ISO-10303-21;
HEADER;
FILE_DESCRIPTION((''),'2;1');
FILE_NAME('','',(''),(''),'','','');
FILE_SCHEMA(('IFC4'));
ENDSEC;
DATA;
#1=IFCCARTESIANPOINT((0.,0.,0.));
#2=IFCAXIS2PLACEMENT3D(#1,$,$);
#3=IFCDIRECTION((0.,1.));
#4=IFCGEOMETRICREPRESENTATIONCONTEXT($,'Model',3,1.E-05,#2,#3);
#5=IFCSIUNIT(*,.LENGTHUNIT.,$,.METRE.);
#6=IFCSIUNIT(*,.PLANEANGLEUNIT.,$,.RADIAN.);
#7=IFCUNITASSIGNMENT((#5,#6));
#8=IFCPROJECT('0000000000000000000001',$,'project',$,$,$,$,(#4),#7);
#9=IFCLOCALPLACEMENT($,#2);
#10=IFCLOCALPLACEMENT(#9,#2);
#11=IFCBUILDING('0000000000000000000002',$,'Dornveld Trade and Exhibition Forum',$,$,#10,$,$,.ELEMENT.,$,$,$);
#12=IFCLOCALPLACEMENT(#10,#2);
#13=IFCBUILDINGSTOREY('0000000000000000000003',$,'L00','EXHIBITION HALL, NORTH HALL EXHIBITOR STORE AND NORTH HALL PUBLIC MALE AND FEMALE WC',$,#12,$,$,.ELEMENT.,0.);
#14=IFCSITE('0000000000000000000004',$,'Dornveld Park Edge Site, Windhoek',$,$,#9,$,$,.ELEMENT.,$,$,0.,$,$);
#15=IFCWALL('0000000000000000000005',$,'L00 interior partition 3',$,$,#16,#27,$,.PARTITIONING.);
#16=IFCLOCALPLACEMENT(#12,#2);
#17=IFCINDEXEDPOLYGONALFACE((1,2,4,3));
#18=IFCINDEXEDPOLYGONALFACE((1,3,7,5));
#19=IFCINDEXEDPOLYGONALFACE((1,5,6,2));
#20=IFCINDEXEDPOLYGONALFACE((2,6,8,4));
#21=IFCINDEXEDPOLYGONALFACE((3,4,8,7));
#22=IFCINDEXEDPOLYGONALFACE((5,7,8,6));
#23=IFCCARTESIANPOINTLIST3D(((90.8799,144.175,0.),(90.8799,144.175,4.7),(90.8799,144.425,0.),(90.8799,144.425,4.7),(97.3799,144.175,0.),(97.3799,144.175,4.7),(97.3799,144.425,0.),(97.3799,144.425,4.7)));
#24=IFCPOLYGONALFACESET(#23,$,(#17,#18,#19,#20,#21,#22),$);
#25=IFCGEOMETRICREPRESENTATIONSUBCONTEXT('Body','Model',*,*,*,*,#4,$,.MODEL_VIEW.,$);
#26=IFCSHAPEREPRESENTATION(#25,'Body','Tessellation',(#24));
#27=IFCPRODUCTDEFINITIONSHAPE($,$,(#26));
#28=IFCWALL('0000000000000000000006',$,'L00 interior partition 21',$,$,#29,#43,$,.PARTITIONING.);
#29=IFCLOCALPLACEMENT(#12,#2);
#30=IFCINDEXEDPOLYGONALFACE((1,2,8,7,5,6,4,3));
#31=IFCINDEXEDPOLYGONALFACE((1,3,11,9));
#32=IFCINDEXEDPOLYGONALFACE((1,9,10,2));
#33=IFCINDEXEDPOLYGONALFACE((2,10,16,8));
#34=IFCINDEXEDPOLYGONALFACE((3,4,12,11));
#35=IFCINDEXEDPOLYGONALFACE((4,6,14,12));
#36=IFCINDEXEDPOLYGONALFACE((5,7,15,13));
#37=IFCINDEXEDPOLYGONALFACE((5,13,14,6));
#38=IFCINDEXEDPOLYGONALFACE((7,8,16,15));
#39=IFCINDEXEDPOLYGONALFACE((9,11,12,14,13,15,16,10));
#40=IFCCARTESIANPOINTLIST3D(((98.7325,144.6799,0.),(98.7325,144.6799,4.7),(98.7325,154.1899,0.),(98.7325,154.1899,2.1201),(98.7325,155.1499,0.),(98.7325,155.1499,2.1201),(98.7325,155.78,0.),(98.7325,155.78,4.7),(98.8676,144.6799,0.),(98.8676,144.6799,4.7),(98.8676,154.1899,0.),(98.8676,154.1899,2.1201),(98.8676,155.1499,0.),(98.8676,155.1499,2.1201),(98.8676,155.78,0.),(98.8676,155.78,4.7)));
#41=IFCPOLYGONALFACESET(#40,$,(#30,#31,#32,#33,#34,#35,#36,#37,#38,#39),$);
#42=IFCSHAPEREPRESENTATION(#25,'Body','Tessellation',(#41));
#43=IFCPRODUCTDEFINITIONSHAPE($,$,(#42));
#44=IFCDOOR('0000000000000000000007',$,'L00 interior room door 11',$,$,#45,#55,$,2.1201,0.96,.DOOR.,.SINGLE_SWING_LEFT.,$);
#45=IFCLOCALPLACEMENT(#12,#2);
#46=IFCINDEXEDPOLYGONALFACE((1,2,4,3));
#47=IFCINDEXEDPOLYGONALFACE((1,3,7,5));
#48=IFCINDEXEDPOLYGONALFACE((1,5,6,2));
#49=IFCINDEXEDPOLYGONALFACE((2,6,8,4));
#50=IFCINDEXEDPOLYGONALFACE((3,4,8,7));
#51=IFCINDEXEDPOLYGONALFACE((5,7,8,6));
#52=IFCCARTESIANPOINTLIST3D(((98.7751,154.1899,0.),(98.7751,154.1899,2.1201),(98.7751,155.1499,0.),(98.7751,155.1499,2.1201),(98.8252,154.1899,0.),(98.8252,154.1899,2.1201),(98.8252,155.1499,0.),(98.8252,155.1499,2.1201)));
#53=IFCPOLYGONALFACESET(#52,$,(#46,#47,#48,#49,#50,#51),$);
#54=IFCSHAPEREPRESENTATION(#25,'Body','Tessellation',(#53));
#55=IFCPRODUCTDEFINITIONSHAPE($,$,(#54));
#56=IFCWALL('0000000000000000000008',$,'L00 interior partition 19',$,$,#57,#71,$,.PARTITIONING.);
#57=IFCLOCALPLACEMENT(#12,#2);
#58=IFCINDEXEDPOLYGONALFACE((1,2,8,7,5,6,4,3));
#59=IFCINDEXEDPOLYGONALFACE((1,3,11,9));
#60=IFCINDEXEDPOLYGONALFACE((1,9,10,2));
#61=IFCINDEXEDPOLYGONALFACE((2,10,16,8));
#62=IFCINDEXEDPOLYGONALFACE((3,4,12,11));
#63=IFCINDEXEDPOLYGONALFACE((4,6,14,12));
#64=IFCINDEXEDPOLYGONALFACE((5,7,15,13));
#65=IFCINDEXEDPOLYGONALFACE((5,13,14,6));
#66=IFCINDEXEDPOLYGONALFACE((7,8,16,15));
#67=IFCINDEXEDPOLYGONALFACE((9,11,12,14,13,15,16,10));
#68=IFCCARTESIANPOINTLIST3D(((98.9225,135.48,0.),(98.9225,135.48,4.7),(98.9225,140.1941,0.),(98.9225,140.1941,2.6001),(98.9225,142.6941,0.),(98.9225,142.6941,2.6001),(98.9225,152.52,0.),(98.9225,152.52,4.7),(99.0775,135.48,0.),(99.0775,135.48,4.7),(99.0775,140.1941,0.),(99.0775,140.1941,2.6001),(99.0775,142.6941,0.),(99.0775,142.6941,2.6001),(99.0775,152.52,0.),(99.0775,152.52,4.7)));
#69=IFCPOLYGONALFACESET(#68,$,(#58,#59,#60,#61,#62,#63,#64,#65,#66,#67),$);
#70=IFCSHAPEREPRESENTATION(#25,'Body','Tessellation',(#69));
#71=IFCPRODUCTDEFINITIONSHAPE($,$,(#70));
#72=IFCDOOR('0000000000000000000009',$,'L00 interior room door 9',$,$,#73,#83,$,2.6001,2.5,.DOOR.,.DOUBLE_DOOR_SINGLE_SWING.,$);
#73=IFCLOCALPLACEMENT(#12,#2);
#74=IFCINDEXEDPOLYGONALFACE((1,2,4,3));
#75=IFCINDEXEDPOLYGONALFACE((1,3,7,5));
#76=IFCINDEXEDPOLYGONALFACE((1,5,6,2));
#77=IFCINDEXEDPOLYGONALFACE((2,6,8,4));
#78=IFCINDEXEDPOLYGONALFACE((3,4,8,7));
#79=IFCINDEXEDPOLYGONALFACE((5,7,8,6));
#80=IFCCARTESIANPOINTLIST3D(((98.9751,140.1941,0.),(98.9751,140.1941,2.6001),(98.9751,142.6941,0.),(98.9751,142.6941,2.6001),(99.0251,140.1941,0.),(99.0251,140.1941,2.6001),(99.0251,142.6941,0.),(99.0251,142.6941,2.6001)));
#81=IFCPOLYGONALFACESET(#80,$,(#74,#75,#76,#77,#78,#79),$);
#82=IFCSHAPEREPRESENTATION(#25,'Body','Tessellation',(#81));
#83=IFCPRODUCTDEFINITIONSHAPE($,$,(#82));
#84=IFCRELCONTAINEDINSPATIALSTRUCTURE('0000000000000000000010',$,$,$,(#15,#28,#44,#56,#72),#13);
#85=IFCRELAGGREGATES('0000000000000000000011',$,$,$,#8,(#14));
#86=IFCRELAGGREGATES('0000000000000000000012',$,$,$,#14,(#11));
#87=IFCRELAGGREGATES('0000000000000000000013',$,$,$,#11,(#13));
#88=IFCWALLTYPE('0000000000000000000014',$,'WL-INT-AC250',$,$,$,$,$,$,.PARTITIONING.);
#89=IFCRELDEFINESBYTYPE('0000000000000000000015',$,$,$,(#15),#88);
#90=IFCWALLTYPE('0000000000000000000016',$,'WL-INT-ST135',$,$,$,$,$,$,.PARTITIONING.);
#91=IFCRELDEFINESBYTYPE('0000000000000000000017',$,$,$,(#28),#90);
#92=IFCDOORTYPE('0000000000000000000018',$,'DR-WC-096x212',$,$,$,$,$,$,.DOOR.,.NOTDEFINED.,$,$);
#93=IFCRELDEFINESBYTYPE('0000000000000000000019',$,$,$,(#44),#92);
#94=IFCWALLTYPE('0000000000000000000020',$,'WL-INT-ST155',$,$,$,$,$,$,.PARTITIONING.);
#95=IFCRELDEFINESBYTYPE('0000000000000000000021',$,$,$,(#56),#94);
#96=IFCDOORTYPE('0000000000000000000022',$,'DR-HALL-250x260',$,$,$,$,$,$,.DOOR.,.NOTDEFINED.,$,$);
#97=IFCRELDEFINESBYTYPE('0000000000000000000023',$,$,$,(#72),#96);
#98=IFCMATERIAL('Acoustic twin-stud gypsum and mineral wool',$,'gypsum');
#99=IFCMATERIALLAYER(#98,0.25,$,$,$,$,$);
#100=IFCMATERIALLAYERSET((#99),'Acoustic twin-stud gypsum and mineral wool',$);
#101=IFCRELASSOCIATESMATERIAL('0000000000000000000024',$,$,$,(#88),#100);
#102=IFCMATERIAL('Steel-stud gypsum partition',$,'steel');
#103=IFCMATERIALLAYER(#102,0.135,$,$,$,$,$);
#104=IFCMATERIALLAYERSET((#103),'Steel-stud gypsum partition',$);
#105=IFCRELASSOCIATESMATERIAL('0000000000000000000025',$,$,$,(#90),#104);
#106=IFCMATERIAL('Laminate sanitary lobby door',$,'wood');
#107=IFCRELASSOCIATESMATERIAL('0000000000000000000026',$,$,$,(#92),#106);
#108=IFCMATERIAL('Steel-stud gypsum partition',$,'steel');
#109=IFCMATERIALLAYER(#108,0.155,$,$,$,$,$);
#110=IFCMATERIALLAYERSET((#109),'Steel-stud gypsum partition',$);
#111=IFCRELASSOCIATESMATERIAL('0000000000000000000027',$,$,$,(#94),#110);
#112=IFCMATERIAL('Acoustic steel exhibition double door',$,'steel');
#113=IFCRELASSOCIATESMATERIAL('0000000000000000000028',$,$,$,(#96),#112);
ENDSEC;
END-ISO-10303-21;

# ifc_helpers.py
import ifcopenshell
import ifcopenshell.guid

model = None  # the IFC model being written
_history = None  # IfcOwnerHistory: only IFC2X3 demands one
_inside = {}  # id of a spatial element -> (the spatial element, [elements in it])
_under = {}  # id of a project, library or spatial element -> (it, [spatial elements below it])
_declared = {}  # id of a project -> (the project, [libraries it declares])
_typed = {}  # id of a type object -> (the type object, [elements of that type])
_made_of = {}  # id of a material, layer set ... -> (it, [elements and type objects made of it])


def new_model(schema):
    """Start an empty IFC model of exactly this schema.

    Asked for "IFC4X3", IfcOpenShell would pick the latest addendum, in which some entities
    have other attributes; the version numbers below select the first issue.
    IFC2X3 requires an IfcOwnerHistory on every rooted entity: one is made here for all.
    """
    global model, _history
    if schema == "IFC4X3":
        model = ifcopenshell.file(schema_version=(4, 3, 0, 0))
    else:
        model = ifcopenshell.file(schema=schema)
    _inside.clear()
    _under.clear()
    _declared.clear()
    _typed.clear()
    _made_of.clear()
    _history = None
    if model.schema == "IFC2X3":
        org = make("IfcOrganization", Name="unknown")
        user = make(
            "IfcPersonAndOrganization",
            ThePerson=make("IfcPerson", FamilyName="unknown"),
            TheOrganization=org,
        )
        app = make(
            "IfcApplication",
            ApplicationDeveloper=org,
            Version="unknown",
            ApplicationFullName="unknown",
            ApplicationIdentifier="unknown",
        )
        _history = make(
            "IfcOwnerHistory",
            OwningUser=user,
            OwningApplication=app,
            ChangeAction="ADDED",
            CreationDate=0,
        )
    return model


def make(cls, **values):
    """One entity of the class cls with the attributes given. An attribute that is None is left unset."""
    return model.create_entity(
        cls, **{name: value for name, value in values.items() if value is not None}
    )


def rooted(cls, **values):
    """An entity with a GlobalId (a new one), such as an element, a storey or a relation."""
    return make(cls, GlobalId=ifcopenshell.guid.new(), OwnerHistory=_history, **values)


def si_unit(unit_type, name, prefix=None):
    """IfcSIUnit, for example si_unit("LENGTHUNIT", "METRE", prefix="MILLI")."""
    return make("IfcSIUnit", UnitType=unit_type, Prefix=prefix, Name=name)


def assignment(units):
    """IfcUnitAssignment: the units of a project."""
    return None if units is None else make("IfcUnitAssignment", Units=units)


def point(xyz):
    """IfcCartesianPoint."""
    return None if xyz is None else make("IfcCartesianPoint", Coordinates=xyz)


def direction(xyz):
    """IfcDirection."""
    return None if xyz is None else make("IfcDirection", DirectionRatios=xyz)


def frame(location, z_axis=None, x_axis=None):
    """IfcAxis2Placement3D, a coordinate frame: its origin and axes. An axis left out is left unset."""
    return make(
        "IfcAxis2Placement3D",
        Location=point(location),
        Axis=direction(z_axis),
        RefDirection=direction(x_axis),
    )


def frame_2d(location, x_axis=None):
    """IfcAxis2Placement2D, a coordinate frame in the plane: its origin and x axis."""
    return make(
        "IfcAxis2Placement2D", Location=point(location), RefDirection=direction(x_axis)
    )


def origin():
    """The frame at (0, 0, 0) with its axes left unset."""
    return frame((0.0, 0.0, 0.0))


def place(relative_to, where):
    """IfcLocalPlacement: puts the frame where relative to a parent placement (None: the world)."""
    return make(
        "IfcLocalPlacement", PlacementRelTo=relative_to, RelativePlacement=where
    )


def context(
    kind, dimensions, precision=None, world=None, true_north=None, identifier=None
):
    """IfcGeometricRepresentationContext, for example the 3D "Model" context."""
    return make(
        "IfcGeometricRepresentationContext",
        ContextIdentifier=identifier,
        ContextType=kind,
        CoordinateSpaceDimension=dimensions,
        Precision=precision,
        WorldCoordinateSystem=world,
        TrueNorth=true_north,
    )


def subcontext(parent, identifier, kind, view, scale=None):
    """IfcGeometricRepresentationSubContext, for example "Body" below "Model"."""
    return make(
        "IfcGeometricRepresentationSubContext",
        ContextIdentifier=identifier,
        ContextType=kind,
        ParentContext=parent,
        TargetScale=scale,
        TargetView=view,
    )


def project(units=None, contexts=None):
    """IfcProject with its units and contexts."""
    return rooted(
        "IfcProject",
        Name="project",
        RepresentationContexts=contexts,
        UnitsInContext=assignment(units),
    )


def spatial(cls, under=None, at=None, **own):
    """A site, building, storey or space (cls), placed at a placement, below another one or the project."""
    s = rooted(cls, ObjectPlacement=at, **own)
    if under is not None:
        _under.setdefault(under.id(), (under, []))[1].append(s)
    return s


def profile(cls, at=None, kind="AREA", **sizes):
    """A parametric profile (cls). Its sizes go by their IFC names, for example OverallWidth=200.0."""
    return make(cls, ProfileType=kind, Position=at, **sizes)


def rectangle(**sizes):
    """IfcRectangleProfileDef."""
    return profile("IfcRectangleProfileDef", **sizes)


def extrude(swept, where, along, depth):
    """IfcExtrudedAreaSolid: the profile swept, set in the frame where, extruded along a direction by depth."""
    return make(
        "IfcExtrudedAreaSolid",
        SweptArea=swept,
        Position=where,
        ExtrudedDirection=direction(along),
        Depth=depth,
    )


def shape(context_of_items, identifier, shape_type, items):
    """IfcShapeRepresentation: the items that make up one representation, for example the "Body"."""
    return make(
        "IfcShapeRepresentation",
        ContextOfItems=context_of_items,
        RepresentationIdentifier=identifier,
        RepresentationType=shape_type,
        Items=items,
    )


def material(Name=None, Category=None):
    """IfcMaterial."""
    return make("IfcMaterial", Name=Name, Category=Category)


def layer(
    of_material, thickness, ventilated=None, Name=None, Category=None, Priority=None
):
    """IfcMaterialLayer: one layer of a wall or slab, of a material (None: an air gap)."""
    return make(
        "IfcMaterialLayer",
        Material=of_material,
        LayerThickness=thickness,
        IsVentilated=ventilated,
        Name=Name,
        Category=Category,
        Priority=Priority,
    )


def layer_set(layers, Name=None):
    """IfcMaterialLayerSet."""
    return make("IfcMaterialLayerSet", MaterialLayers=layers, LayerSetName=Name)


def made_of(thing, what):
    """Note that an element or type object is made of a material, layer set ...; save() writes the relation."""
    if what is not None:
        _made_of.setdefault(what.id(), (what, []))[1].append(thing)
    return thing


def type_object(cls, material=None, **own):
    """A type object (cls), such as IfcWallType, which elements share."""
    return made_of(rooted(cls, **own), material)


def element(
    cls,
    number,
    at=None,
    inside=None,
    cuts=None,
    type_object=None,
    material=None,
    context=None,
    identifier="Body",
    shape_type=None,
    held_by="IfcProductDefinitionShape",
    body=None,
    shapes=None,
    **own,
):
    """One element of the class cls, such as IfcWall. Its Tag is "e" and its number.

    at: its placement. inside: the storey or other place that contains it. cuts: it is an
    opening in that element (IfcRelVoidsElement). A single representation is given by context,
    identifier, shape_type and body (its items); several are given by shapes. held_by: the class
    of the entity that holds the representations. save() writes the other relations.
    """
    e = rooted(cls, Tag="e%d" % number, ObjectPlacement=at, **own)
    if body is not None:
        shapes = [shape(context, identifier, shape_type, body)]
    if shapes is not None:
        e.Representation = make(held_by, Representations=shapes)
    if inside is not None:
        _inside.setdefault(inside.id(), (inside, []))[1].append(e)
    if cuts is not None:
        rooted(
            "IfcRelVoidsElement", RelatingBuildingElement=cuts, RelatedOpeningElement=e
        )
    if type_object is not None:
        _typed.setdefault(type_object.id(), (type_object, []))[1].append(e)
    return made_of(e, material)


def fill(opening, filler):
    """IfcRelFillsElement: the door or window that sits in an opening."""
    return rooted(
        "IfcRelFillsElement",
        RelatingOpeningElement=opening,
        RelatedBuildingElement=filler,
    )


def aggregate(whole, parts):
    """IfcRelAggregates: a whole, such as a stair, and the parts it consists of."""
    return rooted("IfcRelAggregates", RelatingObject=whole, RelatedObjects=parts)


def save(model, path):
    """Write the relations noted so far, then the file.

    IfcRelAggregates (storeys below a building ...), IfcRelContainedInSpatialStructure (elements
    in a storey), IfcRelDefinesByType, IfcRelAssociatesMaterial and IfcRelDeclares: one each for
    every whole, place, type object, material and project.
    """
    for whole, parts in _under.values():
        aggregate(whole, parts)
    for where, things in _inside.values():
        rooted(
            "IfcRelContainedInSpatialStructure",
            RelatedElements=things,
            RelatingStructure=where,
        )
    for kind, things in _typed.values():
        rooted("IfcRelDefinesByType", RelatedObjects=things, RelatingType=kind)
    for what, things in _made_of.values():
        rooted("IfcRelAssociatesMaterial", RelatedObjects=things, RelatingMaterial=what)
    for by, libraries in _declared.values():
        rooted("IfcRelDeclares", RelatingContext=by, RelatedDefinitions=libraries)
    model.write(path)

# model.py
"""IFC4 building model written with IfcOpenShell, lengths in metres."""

from ifc_helpers import new_model, si_unit, direction, frame, frame_2d, origin, place, context, subcontext, project, spatial, rectangle, extrude, material, layer, layer_set, type_object, element, fill, save


model = new_model("IFC4")

# Units and contexts
model_context = context("Model", 3, precision=1e-05, world=origin(), true_north=direction((0.0, 1.0)))
body_context = subcontext(model_context, "Body", "Model", "MODEL_VIEW")
ifc_project = project(units=[si_unit("LENGTHUNIT", "METRE"), si_unit("PLANEANGLEUNIT", "RADIAN")], contexts=[model_context])

# Site, building, storey
site_placement = place(None, origin())
site = spatial("IfcSite", under=ifc_project, at=site_placement, Name="Dornveld Park Edge Site, Windhoek", CompositionType="ELEMENT", RefElevation=0.0)
building_placement = place(site_placement, origin())
building = spatial("IfcBuilding", under=site, at=building_placement, Name="Dornveld Trade and Exhibition Forum", CompositionType="ELEMENT")
storey_placement = place(building_placement, origin())
storey = spatial("IfcBuildingStorey", under=building, at=storey_placement, Name="L00", Description="EXHIBITION HALL, NORTH HALL EXHIBITOR STORE AND NORTH HALL PUBLIC MALE AND FEMALE WC", CompositionType="ELEMENT", Elevation=0.0)

# Wall
ifc_material_1 = material(Name="Acoustic twin-stud gypsum and mineral wool", Category="gypsum")
ifc_layer_1 = layer(ifc_material_1, 0.25)
ifc_layer_set_1 = layer_set([ifc_layer_1], Name="Acoustic twin-stud gypsum and mineral wool")
wall_type_1 = type_object("IfcWallType", Name="WL-INT-AC250", PredefinedType="PARTITIONING", material=ifc_layer_set_1)
wall_1_placement = place(storey_placement, frame((90.8799, 144.3, 0.0), z_axis=(0.0, 0.0, 1.0), x_axis=(1.0, 0.0, 0.0)))
element("IfcWall", 1, at=wall_1_placement, inside=storey, type_object=wall_type_1, Name="L00 interior partition 3", PredefinedType="PARTITIONING", context=body_context, shape_type="SweptSolid", body=[
    extrude(rectangle(XDim=6.5, YDim=0.25, at=frame_2d((3.25, 0.0))), origin(), (0.0, 0.0, 1.0), 4.7),
])

# Walls, openings, doors
ifc_material_2 = material(Name="Steel-stud gypsum partition", Category="steel")
ifc_layer_2 = layer(ifc_material_2, 0.135)
ifc_layer_set_2 = layer_set([ifc_layer_2], Name="Steel-stud gypsum partition")
wall_type_2 = type_object("IfcWallType", Name="WL-INT-ST135", PredefinedType="PARTITIONING", material=ifc_layer_set_2)
wall_2_placement = place(storey_placement, frame((98.8, 144.6799, 0.0), z_axis=(0.0, 0.0, 1.0), x_axis=(0.0, 1.0, 0.0)))
wall_2 = element("IfcWall", 2, at=wall_2_placement, inside=storey, type_object=wall_type_2, Name="L00 interior partition 21", PredefinedType="PARTITIONING", context=body_context, shape_type="SweptSolid", body=[
    extrude(rectangle(XDim=11.1001, YDim=0.135, at=frame_2d((5.55, 0.0))), origin(), (0.0, 0.0, 1.0), 4.7),
])
opening_1_placement = place(wall_2_placement, frame((9.51, 0.0, 0.0)))
opening_1 = element("IfcOpeningElement", 3, at=opening_1_placement, cuts=wall_2, PredefinedType="OPENING", context=body_context, shape_type="SweptSolid", body=[
    extrude(rectangle(XDim=0.96, YDim=2.1201, at=frame_2d((0.48, 1.0601))), frame((0.0, 0.0774, 0.0), z_axis=(0.0, -1.0, 0.0), x_axis=(1.0, 0.0, 0.0)), (0.0, 0.0, 1.0), 0.155),
])
ifc_material_3 = material(Name="Laminate sanitary lobby door", Category="wood")
door_type_1 = type_object("IfcDoorType", Name="DR-WC-096x212", OperationType="NOTDEFINED", PredefinedType="DOOR", material=ifc_material_3)
door_1_placement = place(opening_1_placement, origin())
door_1 = element("IfcDoor", 4, at=door_1_placement, inside=storey, type_object=door_type_1, Name="L00 interior room door 11", OperationType="SINGLE_SWING_LEFT", OverallHeight=2.1201, OverallWidth=0.96, PredefinedType="DOOR", context=body_context, shape_type="SweptSolid", body=[
    extrude(rectangle(XDim=0.96, YDim=2.1201, at=frame_2d((0.48, 1.0601))), frame((0.0, 0.0249, 0.0), z_axis=(0.0, -1.0, 0.0), x_axis=(1.0, 0.0, 0.0)), (0.0, 0.0, 1.0), 0.05),
])
fill(opening_1, door_1)
ifc_material_4 = material(Name="Steel-stud gypsum partition", Category="steel")
ifc_layer_3 = layer(ifc_material_4, 0.155)
ifc_layer_set_3 = layer_set([ifc_layer_3], Name="Steel-stud gypsum partition")
wall_type_3 = type_object("IfcWallType", Name="WL-INT-ST155", PredefinedType="PARTITIONING", material=ifc_layer_set_3)
wall_3_placement = place(storey_placement, frame((99.0, 135.48, 0.0), z_axis=(0.0, 0.0, 1.0), x_axis=(0.0, 1.0, 0.0)))
wall_3 = element("IfcWall", 5, at=wall_3_placement, inside=storey, type_object=wall_type_3, Name="L00 interior partition 19", PredefinedType="PARTITIONING", context=body_context, shape_type="SweptSolid", body=[
    extrude(rectangle(XDim=17.04, YDim=0.155, at=frame_2d((8.52, 0.0))), origin(), (0.0, 0.0, 1.0), 4.7),
])
opening_2_placement = place(wall_3_placement, frame((4.7141, 0.0, 0.0)))
opening_2 = element("IfcOpeningElement", 6, at=opening_2_placement, cuts=wall_3, PredefinedType="OPENING", context=body_context, shape_type="SweptSolid", body=[
    extrude(rectangle(XDim=2.5, YDim=2.6001, at=frame_2d((1.25, 1.3))), frame((0.0, 0.0874, 0.0), z_axis=(0.0, -1.0, 0.0), x_axis=(1.0, 0.0, 0.0)), (0.0, 0.0, 1.0), 0.175),
])
ifc_material_5 = material(Name="Acoustic steel exhibition double door", Category="steel")
door_type_2 = type_object("IfcDoorType", Name="DR-HALL-250x260", OperationType="NOTDEFINED", PredefinedType="DOOR", material=ifc_material_5)
door_2_placement = place(opening_2_placement, origin())
door_2 = element("IfcDoor", 7, at=door_2_placement, inside=storey, type_object=door_type_2, Name="L00 interior room door 9", OperationType="DOUBLE_DOOR_SINGLE_SWING", OverallHeight=2.6001, OverallWidth=2.5, PredefinedType="DOOR", context=body_context, shape_type="SweptSolid", body=[
    extrude(rectangle(XDim=2.5, YDim=2.6001, at=frame_2d((1.25, 1.3))), frame((0.0, 0.0249, 0.0), z_axis=(0.0, -1.0, 0.0), x_axis=(1.0, 0.0, 0.0)), (0.0, 0.0, 1.0), 0.05),
])
fill(opening_2, door_2)

save(model, "model.ifc")
